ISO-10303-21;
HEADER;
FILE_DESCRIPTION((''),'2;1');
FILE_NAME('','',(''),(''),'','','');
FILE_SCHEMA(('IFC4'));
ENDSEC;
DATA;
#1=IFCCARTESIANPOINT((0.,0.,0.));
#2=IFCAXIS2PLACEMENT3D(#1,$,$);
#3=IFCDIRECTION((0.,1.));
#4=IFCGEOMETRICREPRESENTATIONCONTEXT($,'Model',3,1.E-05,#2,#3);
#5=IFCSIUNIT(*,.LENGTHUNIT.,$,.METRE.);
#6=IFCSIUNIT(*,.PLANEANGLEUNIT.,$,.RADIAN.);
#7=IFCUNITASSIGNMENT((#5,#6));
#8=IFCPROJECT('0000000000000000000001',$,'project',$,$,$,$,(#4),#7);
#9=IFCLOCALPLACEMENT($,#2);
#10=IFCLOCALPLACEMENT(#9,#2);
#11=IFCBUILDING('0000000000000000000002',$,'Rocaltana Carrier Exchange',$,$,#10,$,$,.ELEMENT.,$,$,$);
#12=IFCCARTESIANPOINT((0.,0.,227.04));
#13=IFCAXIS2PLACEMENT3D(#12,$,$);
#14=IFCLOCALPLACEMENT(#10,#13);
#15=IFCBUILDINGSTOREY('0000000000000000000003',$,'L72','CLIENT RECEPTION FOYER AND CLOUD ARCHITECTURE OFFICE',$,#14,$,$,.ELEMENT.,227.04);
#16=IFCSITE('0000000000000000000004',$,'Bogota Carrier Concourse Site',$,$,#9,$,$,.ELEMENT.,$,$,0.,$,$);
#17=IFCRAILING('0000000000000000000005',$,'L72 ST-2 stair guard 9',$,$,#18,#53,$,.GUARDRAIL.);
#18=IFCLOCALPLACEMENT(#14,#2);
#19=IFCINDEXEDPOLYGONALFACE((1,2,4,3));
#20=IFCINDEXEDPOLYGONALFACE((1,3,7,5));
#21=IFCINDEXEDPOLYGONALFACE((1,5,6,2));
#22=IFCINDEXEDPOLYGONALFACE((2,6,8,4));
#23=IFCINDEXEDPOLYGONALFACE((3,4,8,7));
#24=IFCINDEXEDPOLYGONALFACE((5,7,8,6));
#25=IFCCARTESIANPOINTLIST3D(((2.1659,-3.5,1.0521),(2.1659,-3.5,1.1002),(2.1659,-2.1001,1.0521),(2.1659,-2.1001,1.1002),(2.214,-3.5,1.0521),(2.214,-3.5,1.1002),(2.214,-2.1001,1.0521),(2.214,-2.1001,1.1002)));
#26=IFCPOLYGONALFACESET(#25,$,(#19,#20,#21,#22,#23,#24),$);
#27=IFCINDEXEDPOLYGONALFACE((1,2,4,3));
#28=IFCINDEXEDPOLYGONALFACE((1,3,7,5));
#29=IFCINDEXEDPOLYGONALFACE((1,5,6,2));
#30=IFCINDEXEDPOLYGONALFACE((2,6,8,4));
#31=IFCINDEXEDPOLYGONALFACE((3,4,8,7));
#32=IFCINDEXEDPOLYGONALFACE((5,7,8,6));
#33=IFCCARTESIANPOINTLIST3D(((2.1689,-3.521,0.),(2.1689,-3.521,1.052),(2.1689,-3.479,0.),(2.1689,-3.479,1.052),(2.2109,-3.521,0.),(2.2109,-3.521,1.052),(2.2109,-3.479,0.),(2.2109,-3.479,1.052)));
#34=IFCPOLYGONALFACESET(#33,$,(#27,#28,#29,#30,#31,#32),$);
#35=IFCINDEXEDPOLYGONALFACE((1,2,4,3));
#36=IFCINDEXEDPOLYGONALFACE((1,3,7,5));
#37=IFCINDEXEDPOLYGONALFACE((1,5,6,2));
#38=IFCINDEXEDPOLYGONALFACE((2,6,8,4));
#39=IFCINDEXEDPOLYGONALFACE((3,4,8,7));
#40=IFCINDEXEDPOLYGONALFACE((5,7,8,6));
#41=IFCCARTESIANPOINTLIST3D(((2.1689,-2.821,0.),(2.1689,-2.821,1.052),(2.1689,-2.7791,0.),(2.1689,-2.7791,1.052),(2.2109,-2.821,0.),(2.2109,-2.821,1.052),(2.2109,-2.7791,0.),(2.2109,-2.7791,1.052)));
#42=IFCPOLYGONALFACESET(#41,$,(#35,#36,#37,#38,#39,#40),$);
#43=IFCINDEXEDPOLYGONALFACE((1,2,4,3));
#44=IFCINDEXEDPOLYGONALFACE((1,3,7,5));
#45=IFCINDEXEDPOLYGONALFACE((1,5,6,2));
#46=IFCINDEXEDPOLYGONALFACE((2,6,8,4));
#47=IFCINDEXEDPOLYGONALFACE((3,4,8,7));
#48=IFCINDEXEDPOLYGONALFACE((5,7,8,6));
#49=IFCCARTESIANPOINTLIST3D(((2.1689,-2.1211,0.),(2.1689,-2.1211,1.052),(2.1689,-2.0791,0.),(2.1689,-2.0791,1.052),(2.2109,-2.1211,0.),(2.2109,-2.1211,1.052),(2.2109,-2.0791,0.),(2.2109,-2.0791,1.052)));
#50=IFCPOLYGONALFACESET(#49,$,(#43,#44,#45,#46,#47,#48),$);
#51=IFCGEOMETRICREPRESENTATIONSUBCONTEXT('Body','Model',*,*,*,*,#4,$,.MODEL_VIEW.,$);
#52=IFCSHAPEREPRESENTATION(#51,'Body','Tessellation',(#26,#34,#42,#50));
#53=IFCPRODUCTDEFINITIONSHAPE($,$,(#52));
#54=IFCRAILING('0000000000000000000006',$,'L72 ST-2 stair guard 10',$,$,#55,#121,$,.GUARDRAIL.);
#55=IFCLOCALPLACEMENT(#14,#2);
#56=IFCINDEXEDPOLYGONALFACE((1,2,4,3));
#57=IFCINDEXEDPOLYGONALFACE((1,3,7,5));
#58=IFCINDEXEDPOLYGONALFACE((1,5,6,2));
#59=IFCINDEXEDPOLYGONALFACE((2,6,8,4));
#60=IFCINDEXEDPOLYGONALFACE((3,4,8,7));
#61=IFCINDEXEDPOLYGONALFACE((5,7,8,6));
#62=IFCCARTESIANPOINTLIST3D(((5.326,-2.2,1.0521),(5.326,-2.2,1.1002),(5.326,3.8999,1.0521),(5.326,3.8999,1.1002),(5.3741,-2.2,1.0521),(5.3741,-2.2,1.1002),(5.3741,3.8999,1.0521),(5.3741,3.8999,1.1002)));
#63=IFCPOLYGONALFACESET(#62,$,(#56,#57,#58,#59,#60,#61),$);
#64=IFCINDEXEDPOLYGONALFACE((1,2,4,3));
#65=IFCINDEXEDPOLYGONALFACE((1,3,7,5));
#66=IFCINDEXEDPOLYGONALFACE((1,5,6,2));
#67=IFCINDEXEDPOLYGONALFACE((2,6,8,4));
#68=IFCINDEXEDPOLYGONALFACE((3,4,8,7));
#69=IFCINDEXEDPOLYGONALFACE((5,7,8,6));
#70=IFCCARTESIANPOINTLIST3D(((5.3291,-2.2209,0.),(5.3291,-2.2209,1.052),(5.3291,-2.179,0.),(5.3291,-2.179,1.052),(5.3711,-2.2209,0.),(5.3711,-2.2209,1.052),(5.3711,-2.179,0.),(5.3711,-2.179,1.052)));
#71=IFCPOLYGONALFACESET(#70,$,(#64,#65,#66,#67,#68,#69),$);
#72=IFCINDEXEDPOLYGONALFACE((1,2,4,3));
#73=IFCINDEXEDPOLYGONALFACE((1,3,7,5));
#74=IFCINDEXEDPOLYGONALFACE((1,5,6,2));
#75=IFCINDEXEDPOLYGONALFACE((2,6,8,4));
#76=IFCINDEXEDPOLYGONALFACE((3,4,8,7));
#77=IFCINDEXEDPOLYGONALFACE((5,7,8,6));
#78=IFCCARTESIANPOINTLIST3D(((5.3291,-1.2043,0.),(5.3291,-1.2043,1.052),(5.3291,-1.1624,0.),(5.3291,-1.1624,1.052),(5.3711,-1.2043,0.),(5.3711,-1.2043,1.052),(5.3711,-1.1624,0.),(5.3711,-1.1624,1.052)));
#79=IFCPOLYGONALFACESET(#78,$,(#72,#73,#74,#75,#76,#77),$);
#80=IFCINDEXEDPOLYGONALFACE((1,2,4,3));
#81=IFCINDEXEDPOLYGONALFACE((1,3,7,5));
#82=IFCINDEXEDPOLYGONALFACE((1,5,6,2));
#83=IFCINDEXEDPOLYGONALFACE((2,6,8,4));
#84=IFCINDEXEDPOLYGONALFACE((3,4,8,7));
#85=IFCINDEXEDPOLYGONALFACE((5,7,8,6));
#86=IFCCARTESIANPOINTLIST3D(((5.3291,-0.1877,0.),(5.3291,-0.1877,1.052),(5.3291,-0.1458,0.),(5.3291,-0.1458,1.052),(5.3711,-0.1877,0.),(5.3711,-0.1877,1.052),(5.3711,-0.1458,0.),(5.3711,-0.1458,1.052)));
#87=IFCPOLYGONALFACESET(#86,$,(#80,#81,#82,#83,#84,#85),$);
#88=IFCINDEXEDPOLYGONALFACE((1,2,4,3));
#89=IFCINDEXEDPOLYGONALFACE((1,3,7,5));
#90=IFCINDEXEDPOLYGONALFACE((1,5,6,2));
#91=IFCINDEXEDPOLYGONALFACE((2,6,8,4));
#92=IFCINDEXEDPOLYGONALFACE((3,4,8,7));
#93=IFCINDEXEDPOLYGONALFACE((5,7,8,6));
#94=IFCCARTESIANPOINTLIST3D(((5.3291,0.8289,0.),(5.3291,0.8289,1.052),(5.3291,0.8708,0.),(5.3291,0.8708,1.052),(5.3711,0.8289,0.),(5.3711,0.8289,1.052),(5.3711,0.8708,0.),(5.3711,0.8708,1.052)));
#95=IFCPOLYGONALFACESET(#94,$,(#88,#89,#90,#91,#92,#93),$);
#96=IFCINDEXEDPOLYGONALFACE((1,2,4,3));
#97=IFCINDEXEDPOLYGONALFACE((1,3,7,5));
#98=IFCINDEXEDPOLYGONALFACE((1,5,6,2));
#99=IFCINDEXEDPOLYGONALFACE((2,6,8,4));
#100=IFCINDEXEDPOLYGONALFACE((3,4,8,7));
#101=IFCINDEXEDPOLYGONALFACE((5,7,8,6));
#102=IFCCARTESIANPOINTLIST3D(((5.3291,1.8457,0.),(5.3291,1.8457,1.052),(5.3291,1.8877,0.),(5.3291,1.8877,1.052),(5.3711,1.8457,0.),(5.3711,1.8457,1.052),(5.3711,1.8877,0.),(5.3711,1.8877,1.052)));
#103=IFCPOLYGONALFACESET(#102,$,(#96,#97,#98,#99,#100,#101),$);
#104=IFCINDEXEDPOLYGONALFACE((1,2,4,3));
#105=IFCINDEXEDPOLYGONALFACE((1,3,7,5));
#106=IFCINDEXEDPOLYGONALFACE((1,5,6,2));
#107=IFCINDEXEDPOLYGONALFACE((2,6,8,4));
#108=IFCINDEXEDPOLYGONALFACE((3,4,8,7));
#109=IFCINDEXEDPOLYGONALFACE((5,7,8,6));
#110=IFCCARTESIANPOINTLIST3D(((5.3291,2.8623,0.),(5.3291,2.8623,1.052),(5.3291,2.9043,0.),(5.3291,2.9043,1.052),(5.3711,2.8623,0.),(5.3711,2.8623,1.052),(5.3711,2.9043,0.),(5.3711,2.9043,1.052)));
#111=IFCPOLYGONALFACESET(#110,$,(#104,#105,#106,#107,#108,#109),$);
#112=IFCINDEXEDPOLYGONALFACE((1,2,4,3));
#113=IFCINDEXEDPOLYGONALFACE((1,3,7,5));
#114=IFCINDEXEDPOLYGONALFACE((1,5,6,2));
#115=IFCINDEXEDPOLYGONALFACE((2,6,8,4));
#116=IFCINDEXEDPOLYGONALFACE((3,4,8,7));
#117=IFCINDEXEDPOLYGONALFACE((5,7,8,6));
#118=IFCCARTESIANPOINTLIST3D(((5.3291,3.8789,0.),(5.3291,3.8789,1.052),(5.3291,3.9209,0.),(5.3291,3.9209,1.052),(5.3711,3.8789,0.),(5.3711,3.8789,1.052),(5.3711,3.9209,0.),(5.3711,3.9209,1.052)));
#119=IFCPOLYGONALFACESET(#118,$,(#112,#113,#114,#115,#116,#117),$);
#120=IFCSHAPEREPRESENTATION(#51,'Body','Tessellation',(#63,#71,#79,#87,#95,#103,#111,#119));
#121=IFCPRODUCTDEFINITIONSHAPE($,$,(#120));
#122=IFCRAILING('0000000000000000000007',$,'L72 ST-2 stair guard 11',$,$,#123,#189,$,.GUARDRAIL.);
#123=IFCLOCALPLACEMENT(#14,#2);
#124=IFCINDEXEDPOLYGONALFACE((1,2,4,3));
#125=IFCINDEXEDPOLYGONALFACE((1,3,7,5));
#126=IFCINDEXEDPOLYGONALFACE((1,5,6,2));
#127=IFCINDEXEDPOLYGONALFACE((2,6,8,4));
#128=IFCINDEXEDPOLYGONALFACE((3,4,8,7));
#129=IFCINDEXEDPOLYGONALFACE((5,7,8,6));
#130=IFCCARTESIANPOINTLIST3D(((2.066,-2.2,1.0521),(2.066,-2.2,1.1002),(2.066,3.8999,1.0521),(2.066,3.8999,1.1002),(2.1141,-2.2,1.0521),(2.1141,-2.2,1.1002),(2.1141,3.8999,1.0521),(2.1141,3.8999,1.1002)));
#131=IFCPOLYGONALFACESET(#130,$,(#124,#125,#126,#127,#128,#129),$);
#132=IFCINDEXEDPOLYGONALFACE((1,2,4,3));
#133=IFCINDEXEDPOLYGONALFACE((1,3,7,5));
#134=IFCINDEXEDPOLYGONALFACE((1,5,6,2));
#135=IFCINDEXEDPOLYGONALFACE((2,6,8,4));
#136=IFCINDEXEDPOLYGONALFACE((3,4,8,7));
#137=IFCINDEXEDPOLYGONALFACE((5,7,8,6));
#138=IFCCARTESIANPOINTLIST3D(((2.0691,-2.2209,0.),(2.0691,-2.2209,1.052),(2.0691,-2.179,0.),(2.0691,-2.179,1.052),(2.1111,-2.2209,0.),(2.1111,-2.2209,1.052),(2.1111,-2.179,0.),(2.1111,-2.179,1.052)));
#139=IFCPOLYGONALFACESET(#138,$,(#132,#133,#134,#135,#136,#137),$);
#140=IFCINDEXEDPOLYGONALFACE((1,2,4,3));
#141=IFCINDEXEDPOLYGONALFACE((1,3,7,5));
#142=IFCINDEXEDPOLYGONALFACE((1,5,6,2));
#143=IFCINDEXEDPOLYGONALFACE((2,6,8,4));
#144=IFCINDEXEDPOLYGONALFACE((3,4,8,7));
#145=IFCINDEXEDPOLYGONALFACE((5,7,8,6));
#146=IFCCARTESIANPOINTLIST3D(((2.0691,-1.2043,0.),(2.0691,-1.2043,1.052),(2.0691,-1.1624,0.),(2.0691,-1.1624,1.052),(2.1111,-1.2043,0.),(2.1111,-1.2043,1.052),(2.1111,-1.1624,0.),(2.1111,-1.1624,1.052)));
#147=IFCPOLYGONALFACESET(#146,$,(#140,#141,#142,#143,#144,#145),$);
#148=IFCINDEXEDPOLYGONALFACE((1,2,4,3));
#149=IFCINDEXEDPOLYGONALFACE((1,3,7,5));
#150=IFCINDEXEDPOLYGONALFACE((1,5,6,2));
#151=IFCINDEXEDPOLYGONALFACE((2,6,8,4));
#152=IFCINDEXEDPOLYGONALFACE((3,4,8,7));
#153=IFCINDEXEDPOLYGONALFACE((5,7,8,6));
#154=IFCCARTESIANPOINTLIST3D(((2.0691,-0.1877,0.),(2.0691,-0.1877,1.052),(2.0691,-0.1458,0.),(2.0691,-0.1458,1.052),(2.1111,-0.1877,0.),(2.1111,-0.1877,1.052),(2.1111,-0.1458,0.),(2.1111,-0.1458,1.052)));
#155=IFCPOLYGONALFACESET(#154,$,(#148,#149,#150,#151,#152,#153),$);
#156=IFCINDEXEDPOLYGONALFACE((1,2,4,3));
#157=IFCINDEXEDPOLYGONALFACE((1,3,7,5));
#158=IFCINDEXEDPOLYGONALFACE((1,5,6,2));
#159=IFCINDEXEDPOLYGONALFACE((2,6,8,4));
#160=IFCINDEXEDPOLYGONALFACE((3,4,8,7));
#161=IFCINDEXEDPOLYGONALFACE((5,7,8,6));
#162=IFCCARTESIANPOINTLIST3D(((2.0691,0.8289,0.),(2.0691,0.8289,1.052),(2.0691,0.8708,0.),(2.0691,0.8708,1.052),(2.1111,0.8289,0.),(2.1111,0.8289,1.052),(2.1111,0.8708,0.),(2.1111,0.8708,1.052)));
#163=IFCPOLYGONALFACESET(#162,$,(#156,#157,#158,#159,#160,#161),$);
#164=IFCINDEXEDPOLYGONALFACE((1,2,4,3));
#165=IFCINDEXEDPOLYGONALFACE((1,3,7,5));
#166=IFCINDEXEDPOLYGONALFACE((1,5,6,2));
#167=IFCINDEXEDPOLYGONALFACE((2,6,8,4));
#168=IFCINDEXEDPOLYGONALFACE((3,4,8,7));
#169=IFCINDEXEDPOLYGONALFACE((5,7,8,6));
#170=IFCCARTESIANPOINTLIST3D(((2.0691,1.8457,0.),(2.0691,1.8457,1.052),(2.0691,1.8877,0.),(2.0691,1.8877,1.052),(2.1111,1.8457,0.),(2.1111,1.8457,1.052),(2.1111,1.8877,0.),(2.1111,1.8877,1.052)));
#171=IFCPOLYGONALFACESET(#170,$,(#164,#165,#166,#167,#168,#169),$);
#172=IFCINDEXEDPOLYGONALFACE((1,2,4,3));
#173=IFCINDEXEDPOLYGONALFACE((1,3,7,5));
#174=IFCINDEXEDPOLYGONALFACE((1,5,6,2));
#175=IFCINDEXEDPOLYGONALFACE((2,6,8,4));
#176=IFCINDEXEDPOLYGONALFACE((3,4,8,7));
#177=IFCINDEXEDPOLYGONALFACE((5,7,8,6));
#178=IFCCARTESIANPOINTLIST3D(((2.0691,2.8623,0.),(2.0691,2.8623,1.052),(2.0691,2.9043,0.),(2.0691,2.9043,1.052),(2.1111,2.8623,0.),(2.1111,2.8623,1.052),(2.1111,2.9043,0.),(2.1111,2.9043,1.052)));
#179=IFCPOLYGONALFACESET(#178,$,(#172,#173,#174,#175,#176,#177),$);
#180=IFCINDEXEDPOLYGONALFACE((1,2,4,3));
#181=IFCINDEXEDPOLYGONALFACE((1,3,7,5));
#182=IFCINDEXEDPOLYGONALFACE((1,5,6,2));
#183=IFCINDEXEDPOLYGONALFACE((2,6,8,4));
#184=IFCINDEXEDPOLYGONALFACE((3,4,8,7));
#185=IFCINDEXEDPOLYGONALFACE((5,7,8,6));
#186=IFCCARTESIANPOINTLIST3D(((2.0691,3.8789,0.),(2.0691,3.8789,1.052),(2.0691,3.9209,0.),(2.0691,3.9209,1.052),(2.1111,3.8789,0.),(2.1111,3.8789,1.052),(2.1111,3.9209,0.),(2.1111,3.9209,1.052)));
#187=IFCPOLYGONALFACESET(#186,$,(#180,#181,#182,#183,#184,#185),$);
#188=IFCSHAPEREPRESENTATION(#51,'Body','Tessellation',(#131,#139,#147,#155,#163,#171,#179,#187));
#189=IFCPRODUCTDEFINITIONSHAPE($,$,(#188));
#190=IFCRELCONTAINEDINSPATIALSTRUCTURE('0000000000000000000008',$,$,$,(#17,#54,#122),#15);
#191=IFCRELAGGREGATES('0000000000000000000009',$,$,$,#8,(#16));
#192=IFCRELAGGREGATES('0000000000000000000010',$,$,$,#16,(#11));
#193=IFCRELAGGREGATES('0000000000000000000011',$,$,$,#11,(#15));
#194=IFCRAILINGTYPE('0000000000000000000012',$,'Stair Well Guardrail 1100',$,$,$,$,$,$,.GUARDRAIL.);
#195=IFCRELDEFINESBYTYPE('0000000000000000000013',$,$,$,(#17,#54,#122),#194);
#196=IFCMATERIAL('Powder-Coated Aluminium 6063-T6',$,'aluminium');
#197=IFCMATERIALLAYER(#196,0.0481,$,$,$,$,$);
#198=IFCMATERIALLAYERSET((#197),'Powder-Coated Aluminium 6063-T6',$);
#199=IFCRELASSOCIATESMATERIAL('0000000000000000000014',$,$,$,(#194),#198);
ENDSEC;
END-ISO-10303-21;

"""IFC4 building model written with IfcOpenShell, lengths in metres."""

from ifc_helpers import new_model, si_unit, direction, frame, origin, origin_2d, place, context, subcontext, project, spatial, rectangle, extrude, material, layer, layer_set, type_object, element, save


model = new_model("IFC4")

# Units and contexts
model_context = context("Model", 3, precision=1e-05, world=origin(), true_north=direction((0.0, 1.0)))
body_context = subcontext(model_context, "Body", "Model", "MODEL_VIEW")
ifc_project = project(units=[si_unit("LENGTHUNIT", "METRE"), si_unit("PLANEANGLEUNIT", "RADIAN")], contexts=[model_context])

# Site, building, storey
site_placement = place(None, origin())
site = spatial("IfcSite", under=ifc_project, at=site_placement, Name="Bogota Carrier Concourse Site", CompositionType="ELEMENT", RefElevation=0.0)
building_placement = place(site_placement, origin())
building = spatial("IfcBuilding", under=site, at=building_placement, Name="Rocaltana Carrier Exchange", CompositionType="ELEMENT")
storey_placement = place(building_placement, frame((0.0, 0.0, 227.04)))
storey = spatial("IfcBuildingStorey", under=building, at=storey_placement, Name="L72", Description="CLIENT RECEPTION FOYER AND CLOUD ARCHITECTURE OFFICE", CompositionType="ELEMENT", Elevation=227.04)

# Railings
ifc_material_1 = material(Name="Powder-Coated Aluminium 6063-T6", Category="aluminium")
ifc_layer_1 = layer(ifc_material_1, 0.0481)
ifc_layer_set_1 = layer_set([ifc_layer_1], Name="Powder-Coated Aluminium 6063-T6")
railing_type_1 = type_object("IfcRailingType", Name="Stair Well Guardrail 1100", PredefinedType="GUARDRAIL", material=ifc_layer_set_1)
for number, where, name in (
    (1, (2.1899, -3.5, 0.0), "L72 ST-2 stair guard 9"),
):
    element("IfcRailing", number, at=place(storey_placement, frame(where)), inside=storey, type_object=railing_type_1, Name=name, PredefinedType="GUARDRAIL", context=body_context, shape_type="SweptSolid", body=[
        extrude(rectangle(XDim=0.0481, YDim=0.0481, at=origin_2d()), frame((0.0, 0.0, 1.0762), z_axis=(0.0, 1.0, 0.0), x_axis=(-1.0, 0.0, 0.0)), (0.0, 0.0, 1.0), 1.3999),
        extrude(rectangle(XDim=0.042, YDim=0.042, at=origin_2d()), origin(), (0.0, 0.0, 1.0), 1.052),
        extrude(rectangle(XDim=0.042, YDim=0.042, at=origin_2d()), frame((0.0, 0.7, 0.0)), (0.0, 0.0, 1.0), 1.052),
        extrude(rectangle(XDim=0.042, YDim=0.042, at=origin_2d()), frame((0.0, 1.3999, 0.0)), (0.0, 0.0, 1.0), 1.052),
    ])
for number, where, name in (
    (2, (5.3501, -2.2, 0.0), "L72 ST-2 stair guard 10"),
    (3, (2.0901, -2.2, 0.0), "L72 ST-2 stair guard 11"),
):
    element("IfcRailing", number, at=place(storey_placement, frame(where)), inside=storey, type_object=railing_type_1, Name=name, PredefinedType="GUARDRAIL", context=body_context, shape_type="SweptSolid", body=[
        extrude(rectangle(XDim=0.0481, YDim=0.0481, at=origin_2d()), frame((0.0, 0.0, 1.0762), z_axis=(0.0, 1.0, 0.0), x_axis=(-1.0, 0.0, 0.0)), (0.0, 0.0, 1.0), 6.0999),
        extrude(rectangle(XDim=0.042, YDim=0.042, at=origin_2d()), origin(), (0.0, 0.0, 1.0), 1.052),
        extrude(rectangle(XDim=0.042, YDim=0.042, at=origin_2d()), frame((0.0, 1.0166, 0.0)), (0.0, 0.0, 1.0), 1.052),
        extrude(rectangle(XDim=0.042, YDim=0.042, at=origin_2d()), frame((0.0, 2.0332, 0.0)), (0.0, 0.0, 1.0), 1.052),
        extrude(rectangle(XDim=0.042, YDim=0.042, at=origin_2d()), frame((0.0, 3.0498, 0.0)), (0.0, 0.0, 1.0), 1.052),
        extrude(rectangle(XDim=0.042, YDim=0.042, at=origin_2d()), frame((0.0, 4.0667, 0.0)), (0.0, 0.0, 1.0), 1.052),
        extrude(rectangle(XDim=0.042, YDim=0.042, at=origin_2d()), frame((0.0, 5.0833, 0.0)), (0.0, 0.0, 1.0), 1.052),
        extrude(rectangle(XDim=0.042, YDim=0.042, at=origin_2d()), frame((0.0, 6.0999, 0.0)), (0.0, 0.0, 1.0), 1.052),
    ])

save(model, "model.ifc")
